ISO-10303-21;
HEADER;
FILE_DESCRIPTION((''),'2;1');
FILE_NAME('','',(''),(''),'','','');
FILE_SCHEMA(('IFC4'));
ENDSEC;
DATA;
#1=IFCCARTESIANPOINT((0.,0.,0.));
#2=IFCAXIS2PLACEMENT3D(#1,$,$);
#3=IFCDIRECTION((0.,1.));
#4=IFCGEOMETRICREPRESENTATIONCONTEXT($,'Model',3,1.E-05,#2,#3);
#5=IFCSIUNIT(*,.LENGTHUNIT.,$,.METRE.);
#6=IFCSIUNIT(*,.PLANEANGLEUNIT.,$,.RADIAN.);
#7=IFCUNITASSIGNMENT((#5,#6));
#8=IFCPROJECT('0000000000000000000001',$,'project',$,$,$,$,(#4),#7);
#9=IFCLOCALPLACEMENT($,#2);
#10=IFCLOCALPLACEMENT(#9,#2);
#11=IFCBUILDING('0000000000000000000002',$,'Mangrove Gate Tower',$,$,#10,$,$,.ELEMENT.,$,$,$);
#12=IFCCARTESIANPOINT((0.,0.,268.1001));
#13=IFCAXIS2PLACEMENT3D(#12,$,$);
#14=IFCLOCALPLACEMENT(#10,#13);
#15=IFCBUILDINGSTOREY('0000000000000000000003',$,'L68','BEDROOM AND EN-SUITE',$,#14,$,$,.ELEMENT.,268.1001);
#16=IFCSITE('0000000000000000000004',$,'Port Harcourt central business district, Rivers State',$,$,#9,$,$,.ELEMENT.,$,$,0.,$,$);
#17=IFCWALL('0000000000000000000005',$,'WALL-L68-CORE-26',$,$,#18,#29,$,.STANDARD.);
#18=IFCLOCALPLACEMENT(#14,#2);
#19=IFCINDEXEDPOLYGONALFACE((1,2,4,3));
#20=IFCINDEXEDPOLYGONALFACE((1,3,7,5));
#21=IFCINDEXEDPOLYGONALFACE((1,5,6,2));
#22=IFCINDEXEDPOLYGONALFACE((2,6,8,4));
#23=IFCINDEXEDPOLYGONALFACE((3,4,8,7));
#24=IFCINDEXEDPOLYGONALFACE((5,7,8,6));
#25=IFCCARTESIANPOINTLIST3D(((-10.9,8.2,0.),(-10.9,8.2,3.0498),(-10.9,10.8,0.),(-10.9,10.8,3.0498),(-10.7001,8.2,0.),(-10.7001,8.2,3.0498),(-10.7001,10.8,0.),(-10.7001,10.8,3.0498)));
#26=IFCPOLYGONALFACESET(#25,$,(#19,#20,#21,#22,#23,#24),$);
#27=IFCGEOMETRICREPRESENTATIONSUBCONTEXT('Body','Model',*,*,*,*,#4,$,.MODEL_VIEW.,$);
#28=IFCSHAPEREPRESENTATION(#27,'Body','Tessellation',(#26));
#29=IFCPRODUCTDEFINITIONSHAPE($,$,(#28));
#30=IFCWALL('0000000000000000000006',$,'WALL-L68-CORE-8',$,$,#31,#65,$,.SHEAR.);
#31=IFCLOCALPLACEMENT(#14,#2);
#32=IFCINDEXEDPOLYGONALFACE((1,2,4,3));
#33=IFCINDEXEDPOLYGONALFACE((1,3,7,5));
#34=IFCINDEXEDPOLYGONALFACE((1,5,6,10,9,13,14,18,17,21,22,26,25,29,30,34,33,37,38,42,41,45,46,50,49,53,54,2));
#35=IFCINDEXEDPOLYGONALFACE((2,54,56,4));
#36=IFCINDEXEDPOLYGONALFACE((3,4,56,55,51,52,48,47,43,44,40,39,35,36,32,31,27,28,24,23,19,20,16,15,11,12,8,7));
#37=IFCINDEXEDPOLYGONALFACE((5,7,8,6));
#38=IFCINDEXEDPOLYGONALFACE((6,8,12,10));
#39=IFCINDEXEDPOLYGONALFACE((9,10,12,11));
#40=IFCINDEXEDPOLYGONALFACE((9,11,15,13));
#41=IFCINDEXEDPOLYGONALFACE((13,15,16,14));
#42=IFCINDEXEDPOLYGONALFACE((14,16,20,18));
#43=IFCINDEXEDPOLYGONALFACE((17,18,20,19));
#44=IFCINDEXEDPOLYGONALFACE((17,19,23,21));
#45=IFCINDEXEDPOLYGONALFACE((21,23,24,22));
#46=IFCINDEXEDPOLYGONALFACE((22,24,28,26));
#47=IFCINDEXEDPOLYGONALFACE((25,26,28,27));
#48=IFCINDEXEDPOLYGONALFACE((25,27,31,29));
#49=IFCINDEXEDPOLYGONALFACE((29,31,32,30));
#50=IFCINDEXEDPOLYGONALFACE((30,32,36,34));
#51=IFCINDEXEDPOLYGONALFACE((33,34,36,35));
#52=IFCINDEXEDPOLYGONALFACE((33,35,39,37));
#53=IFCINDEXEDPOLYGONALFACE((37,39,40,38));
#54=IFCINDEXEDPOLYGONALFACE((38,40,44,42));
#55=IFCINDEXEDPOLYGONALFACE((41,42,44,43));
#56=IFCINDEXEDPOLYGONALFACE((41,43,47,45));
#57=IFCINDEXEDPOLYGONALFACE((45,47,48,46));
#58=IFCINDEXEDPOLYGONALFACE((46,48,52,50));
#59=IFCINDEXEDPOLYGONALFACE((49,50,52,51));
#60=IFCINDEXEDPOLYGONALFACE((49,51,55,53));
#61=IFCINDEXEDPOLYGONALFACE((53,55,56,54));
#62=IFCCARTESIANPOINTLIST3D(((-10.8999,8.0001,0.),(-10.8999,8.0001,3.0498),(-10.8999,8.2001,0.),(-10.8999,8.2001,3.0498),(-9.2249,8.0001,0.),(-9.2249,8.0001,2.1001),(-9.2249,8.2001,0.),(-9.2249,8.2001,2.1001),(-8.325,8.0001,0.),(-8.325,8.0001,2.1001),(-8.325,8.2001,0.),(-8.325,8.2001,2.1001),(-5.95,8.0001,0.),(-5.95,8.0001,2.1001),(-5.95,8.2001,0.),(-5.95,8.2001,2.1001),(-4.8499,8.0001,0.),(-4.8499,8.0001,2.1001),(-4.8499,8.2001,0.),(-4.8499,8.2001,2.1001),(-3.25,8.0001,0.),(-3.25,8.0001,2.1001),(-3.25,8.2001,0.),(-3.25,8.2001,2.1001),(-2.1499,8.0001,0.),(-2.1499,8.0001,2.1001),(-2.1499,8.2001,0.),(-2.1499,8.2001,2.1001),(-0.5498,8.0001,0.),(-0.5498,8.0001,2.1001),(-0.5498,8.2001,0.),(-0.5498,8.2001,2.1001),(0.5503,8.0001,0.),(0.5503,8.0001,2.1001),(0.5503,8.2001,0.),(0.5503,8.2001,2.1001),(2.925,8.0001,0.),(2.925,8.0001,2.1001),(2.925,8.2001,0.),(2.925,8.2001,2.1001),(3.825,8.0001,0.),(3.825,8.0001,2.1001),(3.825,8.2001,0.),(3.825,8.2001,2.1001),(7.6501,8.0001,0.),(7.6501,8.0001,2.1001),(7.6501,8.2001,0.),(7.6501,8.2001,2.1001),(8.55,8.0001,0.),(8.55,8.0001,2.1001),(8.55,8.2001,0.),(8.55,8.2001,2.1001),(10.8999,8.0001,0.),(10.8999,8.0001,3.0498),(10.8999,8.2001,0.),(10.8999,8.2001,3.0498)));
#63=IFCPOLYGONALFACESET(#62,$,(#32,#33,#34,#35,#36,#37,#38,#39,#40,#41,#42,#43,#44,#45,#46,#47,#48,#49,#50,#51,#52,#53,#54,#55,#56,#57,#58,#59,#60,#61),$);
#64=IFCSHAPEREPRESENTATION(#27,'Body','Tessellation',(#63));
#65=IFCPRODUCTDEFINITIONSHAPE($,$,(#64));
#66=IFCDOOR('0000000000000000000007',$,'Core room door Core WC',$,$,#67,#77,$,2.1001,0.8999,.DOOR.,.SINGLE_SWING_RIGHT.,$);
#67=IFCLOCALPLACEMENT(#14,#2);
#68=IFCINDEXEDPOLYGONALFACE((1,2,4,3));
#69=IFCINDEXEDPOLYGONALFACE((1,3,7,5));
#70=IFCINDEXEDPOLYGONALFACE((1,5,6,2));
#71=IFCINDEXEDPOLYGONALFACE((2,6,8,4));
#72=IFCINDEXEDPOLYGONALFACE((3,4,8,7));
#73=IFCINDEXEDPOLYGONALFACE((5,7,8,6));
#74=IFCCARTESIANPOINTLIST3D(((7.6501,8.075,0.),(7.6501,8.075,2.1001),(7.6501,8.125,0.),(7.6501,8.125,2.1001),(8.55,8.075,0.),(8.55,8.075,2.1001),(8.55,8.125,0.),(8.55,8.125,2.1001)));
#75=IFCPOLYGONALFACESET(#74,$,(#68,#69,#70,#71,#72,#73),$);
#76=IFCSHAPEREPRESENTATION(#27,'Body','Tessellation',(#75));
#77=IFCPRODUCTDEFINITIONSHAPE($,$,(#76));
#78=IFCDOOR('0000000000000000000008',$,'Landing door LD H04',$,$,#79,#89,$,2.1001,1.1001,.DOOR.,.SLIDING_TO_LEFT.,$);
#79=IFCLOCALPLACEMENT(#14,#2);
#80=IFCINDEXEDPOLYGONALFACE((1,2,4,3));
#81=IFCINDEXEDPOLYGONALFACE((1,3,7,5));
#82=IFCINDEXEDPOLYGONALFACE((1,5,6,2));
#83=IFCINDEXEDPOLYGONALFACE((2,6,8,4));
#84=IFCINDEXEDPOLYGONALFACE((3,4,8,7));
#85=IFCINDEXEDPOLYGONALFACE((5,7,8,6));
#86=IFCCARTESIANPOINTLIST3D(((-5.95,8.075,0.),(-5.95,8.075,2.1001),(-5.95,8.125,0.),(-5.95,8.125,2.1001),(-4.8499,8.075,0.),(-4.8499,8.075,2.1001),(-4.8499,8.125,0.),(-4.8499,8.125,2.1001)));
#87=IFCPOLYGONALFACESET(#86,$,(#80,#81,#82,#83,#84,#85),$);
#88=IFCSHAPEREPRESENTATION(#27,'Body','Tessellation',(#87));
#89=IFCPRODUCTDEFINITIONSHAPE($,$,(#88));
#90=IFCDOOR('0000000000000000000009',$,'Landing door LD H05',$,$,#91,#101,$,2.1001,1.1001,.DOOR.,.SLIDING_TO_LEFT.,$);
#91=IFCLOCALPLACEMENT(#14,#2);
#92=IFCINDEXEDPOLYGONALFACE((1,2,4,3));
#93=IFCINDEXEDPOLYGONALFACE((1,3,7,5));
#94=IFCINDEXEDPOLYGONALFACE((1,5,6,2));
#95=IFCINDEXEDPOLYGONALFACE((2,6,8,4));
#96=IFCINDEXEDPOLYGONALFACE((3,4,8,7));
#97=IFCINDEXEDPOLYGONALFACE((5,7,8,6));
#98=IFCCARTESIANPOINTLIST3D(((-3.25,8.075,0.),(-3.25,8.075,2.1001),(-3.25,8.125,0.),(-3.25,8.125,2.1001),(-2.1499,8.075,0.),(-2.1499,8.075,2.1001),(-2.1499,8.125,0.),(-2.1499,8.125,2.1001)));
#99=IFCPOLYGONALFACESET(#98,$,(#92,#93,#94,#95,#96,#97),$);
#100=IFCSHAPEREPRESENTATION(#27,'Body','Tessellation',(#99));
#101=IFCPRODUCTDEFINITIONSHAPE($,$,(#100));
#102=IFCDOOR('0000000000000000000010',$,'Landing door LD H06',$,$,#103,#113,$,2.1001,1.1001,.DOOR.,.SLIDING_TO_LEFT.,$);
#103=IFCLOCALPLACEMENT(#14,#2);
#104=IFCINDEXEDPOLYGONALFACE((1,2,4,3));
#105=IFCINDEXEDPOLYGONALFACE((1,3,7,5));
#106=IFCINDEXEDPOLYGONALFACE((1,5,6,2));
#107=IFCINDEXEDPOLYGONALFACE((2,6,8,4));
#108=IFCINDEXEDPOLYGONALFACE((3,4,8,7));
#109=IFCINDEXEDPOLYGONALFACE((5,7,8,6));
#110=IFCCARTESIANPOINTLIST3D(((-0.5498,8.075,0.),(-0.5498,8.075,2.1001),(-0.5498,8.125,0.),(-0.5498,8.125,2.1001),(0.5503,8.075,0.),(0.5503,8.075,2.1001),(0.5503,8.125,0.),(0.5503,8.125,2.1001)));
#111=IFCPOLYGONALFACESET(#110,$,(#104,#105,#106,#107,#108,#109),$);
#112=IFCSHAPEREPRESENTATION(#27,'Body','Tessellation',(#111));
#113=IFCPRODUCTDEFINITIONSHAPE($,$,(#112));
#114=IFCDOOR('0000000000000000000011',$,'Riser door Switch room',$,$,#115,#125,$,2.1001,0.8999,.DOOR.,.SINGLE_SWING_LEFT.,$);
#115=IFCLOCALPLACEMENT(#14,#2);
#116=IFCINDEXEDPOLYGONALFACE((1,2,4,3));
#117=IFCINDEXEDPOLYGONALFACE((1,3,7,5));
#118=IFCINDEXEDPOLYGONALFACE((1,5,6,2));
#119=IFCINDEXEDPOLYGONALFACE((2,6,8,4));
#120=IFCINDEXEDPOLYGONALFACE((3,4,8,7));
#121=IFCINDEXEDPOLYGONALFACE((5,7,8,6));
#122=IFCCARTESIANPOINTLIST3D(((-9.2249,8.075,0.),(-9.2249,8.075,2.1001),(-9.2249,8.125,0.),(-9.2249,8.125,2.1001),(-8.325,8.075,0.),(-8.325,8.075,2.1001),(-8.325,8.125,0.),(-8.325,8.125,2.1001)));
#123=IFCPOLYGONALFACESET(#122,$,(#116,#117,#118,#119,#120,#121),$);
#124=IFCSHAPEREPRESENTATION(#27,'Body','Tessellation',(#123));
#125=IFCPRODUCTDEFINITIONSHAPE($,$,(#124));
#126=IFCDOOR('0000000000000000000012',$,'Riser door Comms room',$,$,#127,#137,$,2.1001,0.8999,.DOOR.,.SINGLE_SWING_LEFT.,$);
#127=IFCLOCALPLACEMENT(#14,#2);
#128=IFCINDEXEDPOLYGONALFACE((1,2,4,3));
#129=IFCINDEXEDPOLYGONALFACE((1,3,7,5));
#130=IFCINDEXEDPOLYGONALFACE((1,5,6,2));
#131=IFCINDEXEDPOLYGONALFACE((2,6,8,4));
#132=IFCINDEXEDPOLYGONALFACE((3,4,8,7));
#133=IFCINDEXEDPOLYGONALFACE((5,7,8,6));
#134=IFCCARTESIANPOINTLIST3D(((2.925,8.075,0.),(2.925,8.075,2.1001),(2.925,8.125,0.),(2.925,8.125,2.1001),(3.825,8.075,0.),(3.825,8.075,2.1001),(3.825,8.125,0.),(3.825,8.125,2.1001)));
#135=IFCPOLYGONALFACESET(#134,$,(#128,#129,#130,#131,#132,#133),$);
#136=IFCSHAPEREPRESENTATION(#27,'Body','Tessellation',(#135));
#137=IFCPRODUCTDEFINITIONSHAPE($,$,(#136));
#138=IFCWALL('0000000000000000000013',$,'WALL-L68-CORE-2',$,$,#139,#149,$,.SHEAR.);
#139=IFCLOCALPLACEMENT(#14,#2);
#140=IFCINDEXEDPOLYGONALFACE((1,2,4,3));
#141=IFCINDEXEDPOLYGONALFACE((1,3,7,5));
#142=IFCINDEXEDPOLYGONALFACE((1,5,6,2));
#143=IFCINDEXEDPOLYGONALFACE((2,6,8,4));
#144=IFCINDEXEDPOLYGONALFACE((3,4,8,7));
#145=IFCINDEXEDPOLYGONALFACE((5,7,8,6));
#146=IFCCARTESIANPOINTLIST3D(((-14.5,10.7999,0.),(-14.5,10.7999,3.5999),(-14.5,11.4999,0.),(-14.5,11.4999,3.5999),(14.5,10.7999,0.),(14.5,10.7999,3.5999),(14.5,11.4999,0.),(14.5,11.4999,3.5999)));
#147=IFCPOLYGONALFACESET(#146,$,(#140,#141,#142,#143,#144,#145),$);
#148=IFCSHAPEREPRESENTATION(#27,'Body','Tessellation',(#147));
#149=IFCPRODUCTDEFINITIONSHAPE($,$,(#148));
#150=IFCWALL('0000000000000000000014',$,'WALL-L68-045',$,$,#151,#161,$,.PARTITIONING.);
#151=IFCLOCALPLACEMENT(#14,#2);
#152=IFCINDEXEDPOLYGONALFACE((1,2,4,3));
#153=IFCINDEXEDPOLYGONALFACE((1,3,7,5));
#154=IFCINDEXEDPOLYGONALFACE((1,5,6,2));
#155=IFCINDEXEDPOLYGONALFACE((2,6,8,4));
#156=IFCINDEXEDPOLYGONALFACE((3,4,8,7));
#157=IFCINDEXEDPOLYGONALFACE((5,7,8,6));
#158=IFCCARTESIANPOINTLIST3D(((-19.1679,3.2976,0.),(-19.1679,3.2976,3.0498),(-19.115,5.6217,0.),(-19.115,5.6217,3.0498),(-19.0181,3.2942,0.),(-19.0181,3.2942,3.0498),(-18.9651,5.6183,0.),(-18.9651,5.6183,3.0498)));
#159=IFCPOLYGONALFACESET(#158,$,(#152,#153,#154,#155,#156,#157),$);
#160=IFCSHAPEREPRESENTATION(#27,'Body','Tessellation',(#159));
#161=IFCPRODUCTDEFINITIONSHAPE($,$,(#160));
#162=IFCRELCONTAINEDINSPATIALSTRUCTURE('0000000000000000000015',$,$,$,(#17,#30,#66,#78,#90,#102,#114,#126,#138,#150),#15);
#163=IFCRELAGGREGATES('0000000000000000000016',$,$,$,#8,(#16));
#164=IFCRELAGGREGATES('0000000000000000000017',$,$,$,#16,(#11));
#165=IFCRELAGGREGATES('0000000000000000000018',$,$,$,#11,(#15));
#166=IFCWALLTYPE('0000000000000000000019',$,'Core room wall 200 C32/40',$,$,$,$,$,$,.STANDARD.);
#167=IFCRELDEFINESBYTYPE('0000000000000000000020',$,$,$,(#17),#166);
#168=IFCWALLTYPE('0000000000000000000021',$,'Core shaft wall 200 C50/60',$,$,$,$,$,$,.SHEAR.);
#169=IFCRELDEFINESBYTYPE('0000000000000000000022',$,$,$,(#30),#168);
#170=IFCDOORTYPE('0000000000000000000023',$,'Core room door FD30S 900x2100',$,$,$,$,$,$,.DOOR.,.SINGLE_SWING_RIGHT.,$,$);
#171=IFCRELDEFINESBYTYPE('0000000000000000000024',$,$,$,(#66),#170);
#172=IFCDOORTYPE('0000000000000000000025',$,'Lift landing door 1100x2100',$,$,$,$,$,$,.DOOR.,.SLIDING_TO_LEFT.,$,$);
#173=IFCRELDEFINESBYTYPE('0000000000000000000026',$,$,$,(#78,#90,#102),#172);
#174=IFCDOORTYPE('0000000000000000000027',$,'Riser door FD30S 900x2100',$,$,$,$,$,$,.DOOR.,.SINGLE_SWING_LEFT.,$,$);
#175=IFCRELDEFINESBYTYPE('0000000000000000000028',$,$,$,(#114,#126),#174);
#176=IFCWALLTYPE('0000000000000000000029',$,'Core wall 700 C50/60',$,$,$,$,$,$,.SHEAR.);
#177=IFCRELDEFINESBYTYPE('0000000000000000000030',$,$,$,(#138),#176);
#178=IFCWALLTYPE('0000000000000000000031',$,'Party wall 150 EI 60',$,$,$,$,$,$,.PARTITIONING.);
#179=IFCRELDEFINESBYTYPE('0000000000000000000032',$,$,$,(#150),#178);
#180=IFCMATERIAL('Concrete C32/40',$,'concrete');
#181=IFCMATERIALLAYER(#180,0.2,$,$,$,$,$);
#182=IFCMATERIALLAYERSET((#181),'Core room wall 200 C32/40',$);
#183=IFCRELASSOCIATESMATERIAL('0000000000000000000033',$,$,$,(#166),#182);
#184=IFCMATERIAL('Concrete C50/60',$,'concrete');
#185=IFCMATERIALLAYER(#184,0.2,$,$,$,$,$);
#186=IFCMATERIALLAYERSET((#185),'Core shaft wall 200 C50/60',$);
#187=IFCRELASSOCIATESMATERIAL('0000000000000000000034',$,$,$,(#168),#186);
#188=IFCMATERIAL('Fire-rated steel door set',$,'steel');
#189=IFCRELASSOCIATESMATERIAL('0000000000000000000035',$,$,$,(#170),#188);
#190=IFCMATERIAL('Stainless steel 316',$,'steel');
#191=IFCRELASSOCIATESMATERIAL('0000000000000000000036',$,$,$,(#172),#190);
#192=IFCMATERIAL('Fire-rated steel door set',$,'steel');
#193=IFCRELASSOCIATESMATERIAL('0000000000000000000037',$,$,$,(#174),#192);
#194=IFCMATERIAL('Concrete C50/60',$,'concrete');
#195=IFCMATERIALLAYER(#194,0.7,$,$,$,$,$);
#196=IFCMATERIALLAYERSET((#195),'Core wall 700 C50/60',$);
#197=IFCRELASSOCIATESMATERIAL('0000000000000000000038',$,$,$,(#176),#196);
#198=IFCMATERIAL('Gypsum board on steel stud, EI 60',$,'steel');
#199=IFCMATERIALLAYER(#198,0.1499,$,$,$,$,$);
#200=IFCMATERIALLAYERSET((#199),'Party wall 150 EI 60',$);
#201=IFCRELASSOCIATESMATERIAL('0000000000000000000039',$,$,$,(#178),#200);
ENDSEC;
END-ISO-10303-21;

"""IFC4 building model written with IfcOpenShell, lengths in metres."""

from ifc_helpers import new_model, si_unit, direction, frame, frame_2d, origin, place, context, subcontext, project, spatial, rectangle, extrude, material, layer, layer_set, type_object, element, fill, save


model = new_model("IFC4")

# Units and contexts
model_context = context("Model", 3, precision=1e-05, world=origin(), true_north=direction((0.0, 1.0)))
body_context = subcontext(model_context, "Body", "Model", "MODEL_VIEW")
ifc_project = project(units=[si_unit("LENGTHUNIT", "METRE"), si_unit("PLANEANGLEUNIT", "RADIAN")], contexts=[model_context])

# Site, building, storey
site_placement = place(None, origin())
site = spatial("IfcSite", under=ifc_project, at=site_placement, Name="Port Harcourt central business district, Rivers State", CompositionType="ELEMENT", RefElevation=0.0)
building_placement = place(site_placement, origin())
building = spatial("IfcBuilding", under=site, at=building_placement, Name="Mangrove Gate Tower", CompositionType="ELEMENT")
storey_placement = place(building_placement, frame((0.0, 0.0, 268.1001)))
storey = spatial("IfcBuildingStorey", under=building, at=storey_placement, Name="L68", Description="BEDROOM AND EN-SUITE", CompositionType="ELEMENT", Elevation=268.1001)

# Wall
ifc_material_1 = material(Name="Concrete C32/40", Category="concrete")
ifc_layer_1 = layer(ifc_material_1, 0.2)
ifc_layer_set_1 = layer_set([ifc_layer_1], Name="Core room wall 200 C32/40")
wall_type_1 = type_object("IfcWallType", Name="Core room wall 200 C32/40", PredefinedType="STANDARD", material=ifc_layer_set_1)
wall_1_placement = place(storey_placement, frame((-10.8, 8.2, 0.0), z_axis=(0.0, 0.0, 1.0), x_axis=(0.0, 1.0, 0.0)))
element("IfcWall", 1, at=wall_1_placement, inside=storey, type_object=wall_type_1, Name="WALL-L68-CORE-26", PredefinedType="STANDARD", context=body_context, shape_type="SweptSolid", body=[
    extrude(rectangle(XDim=2.6001, YDim=0.2, at=frame_2d((1.3, 0.0))), origin(), (0.0, 0.0, 1.0), 3.0498),
])

# Wall, openings, doors
ifc_material_2 = material(Name="Concrete C50/60", Category="concrete")
ifc_layer_2 = layer(ifc_material_2, 0.2)
ifc_layer_set_2 = layer_set([ifc_layer_2], Name="Core shaft wall 200 C50/60")
wall_type_2 = type_object("IfcWallType", Name="Core shaft wall 200 C50/60", PredefinedType="SHEAR", material=ifc_layer_set_2)
wall_2_placement = place(storey_placement, frame((-10.8999, 8.1001, 0.0), z_axis=(0.0, 0.0, 1.0), x_axis=(1.0, 0.0, 0.0)))
wall_2 = element("IfcWall", 2, at=wall_2_placement, inside=storey, type_object=wall_type_2, Name="WALL-L68-CORE-8", PredefinedType="SHEAR", context=body_context, shape_type="SweptSolid", body=[
    extrude(rectangle(XDim=21.7998, YDim=0.2, at=frame_2d((10.8999, 0.0))), origin(), (0.0, 0.0, 1.0), 3.0498),
])
opening_1_placement = place(wall_2_placement, frame((4.95, 0.0, 0.0)))
opening_1 = element("IfcOpeningElement", 3, at=opening_1_placement, cuts=wall_2, PredefinedType="OPENING", context=body_context, shape_type="SweptSolid", body=[
    extrude(rectangle(XDim=1.1001, YDim=2.1001, at=frame_2d((0.55, 1.05))), frame((0.0, 0.1099, 0.0), z_axis=(0.0, -1.0, 0.0), x_axis=(1.0, 0.0, 0.0)), (0.0, 0.0, 1.0), 0.22),
])
opening_2_placement = place(wall_2_placement, frame((7.6499, 0.0, 0.0)))
opening_2 = element("IfcOpeningElement", 4, at=opening_2_placement, cuts=wall_2, PredefinedType="OPENING", context=body_context, shape_type="SweptSolid", body=[
    extrude(rectangle(XDim=1.1001, YDim=2.1001, at=frame_2d((0.55, 1.05))), frame((0.0, 0.1099, 0.0), z_axis=(0.0, -1.0, 0.0), x_axis=(1.0, 0.0, 0.0)), (0.0, 0.0, 1.0), 0.22),
])
opening_3_placement = place(wall_2_placement, frame((10.3501, 0.0, 0.0)))
opening_3 = element("IfcOpeningElement", 5, at=opening_3_placement, cuts=wall_2, PredefinedType="OPENING", context=body_context, shape_type="SweptSolid", body=[
    extrude(rectangle(XDim=1.1001, YDim=2.1001, at=frame_2d((0.55, 1.05))), frame((0.0, 0.1099, 0.0), z_axis=(0.0, -1.0, 0.0), x_axis=(1.0, 0.0, 0.0)), (0.0, 0.0, 1.0), 0.22),
])
opening_4_placement = place(wall_2_placement, frame((1.675, 0.0, 0.0)))
opening_4 = element("IfcOpeningElement", 6, at=opening_4_placement, cuts=wall_2, PredefinedType="OPENING", context=body_context, shape_type="SweptSolid", body=[
    extrude(rectangle(XDim=0.8999, YDim=2.1001, at=frame_2d((0.45, 1.05))), frame((0.0, 0.1099, 0.0), z_axis=(0.0, -1.0, 0.0), x_axis=(1.0, 0.0, 0.0)), (0.0, 0.0, 1.0), 0.22),
])
opening_5_placement = place(wall_2_placement, frame((13.825, 0.0, 0.0)))
opening_5 = element("IfcOpeningElement", 7, at=opening_5_placement, cuts=wall_2, PredefinedType="OPENING", context=body_context, shape_type="SweptSolid", body=[
    extrude(rectangle(XDim=0.8999, YDim=2.1001, at=frame_2d((0.45, 1.05))), frame((0.0, 0.1099, 0.0), z_axis=(0.0, -1.0, 0.0), x_axis=(1.0, 0.0, 0.0)), (0.0, 0.0, 1.0), 0.22),
])
opening_6_placement = place(wall_2_placement, frame((18.55, 0.0, 0.0)))
opening_6 = element("IfcOpeningElement", 8, at=opening_6_placement, cuts=wall_2, PredefinedType="OPENING", context=body_context, shape_type="SweptSolid", body=[
    extrude(rectangle(XDim=0.8999, YDim=2.1001, at=frame_2d((0.45, 1.05))), frame((0.0, 0.1099, 0.0), z_axis=(0.0, -1.0, 0.0), x_axis=(1.0, 0.0, 0.0)), (0.0, 0.0, 1.0), 0.22),
])
ifc_material_3 = material(Name="Fire-rated steel door set", Category="steel")
door_type_1 = type_object("IfcDoorType", Name="Core room door FD30S 900x2100", OperationType="SINGLE_SWING_RIGHT", PredefinedType="DOOR", material=ifc_material_3)
door_1_placement = place(opening_6_placement, origin())
door_1 = element("IfcDoor", 9, at=door_1_placement, inside=storey, type_object=door_type_1, Name="Core room door Core WC", OperationType="SINGLE_SWING_RIGHT", OverallHeight=2.1001, OverallWidth=0.8999, PredefinedType="DOOR", context=body_context, shape_type="SweptSolid", body=[
    extrude(rectangle(XDim=0.8999, YDim=2.1001, at=frame_2d((0.45, 1.05))), frame((0.0, 0.0249, 0.0), z_axis=(0.0, -1.0, 0.0), x_axis=(1.0, 0.0, 0.0)), (0.0, 0.0, 1.0), 0.05),
])
fill(opening_6, door_1)
ifc_material_4 = material(Name="Stainless steel 316", Category="steel")
door_type_2 = type_object("IfcDoorType", Name="Lift landing door 1100x2100", OperationType="SLIDING_TO_LEFT", PredefinedType="DOOR", material=ifc_material_4)
door_2_placement = place(opening_1_placement, origin())
door_2 = element("IfcDoor", 10, at=door_2_placement, inside=storey, type_object=door_type_2, Name="Landing door LD H04", OperationType="SLIDING_TO_LEFT", OverallHeight=2.1001, OverallWidth=1.1001, PredefinedType="DOOR", context=body_context, shape_type="SweptSolid", body=[
    extrude(rectangle(XDim=1.1001, YDim=2.1001, at=frame_2d((0.55, 1.05))), frame((0.0, 0.0249, 0.0), z_axis=(0.0, -1.0, 0.0), x_axis=(1.0, 0.0, 0.0)), (0.0, 0.0, 1.0), 0.05),
])
fill(opening_1, door_2)
door_3_placement = place(opening_2_placement, origin())
door_3 = element("IfcDoor", 11, at=door_3_placement, inside=storey, type_object=door_type_2, Name="Landing door LD H05", OperationType="SLIDING_TO_LEFT", OverallHeight=2.1001, OverallWidth=1.1001, PredefinedType="DOOR", context=body_context, shape_type="SweptSolid", body=[
    extrude(rectangle(XDim=1.1001, YDim=2.1001, at=frame_2d((0.55, 1.05))), frame((0.0, 0.0249, 0.0), z_axis=(0.0, -1.0, 0.0), x_axis=(1.0, 0.0, 0.0)), (0.0, 0.0, 1.0), 0.05),
])
fill(opening_2, door_3)
door_4_placement = place(opening_3_placement, origin())
door_4 = element("IfcDoor", 12, at=door_4_placement, inside=storey, type_object=door_type_2, Name="Landing door LD H06", OperationType="SLIDING_TO_LEFT", OverallHeight=2.1001, OverallWidth=1.1001, PredefinedType="DOOR", context=body_context, shape_type="SweptSolid", body=[
    extrude(rectangle(XDim=1.1001, YDim=2.1001, at=frame_2d((0.55, 1.05))), frame((0.0, 0.0249, 0.0), z_axis=(0.0, -1.0, 0.0), x_axis=(1.0, 0.0, 0.0)), (0.0, 0.0, 1.0), 0.05),
])
fill(opening_3, door_4)
ifc_material_5 = material(Name="Fire-rated steel door set", Category="steel")
door_type_3 = type_object("IfcDoorType", Name="Riser door FD30S 900x2100", OperationType="SINGLE_SWING_LEFT", PredefinedType="DOOR", material=ifc_material_5)
door_5_placement = place(opening_4_placement, origin())
door_5 = element("IfcDoor", 13, at=door_5_placement, inside=storey, type_object=door_type_3, Name="Riser door Switch room", OperationType="SINGLE_SWING_LEFT", OverallHeight=2.1001, OverallWidth=0.8999, PredefinedType="DOOR", context=body_context, shape_type="SweptSolid", body=[
    extrude(rectangle(XDim=0.8999, YDim=2.1001, at=frame_2d((0.45, 1.05))), frame((0.0, 0.0249, 0.0), z_axis=(0.0, -1.0, 0.0), x_axis=(1.0, 0.0, 0.0)), (0.0, 0.0, 1.0), 0.05),
])
fill(opening_4, door_5)
door_6_placement = place(opening_5_placement, origin())
door_6 = element("IfcDoor", 14, at=door_6_placement, inside=storey, type_object=door_type_3, Name="Riser door Comms room", OperationType="SINGLE_SWING_LEFT", OverallHeight=2.1001, OverallWidth=0.8999, PredefinedType="DOOR", context=body_context, shape_type="SweptSolid", body=[
    extrude(rectangle(XDim=0.8999, YDim=2.1001, at=frame_2d((0.45, 1.05))), frame((0.0, 0.0249, 0.0), z_axis=(0.0, -1.0, 0.0), x_axis=(1.0, 0.0, 0.0)), (0.0, 0.0, 1.0), 0.05),
])
fill(opening_5, door_6)

# Walls
ifc_material_6 = material(Name="Concrete C50/60", Category="concrete")
ifc_layer_3 = layer(ifc_material_6, 0.7)
ifc_layer_set_3 = layer_set([ifc_layer_3], Name="Core wall 700 C50/60")
wall_type_3 = type_object("IfcWallType", Name="Core wall 700 C50/60", PredefinedType="SHEAR", material=ifc_layer_set_3)
wall_3_placement = place(storey_placement, frame((-14.5, 11.1499, 0.0), z_axis=(0.0, 0.0, 1.0), x_axis=(1.0, 0.0, 0.0)))
element("IfcWall", 15, at=wall_3_placement, inside=storey, type_object=wall_type_3, Name="WALL-L68-CORE-2", PredefinedType="SHEAR", context=body_context, shape_type="SweptSolid", body=[
    extrude(rectangle(XDim=29.0, YDim=0.7, at=frame_2d((14.5, 0.0))), origin(), (0.0, 0.0, 1.0), 3.5999),
])
ifc_material_7 = material(Name="Gypsum board on steel stud, EI 60", Category="steel")
ifc_layer_4 = layer(ifc_material_7, 0.1499)
ifc_layer_set_4 = layer_set([ifc_layer_4], Name="Party wall 150 EI 60")
wall_type_4 = type_object("IfcWallType", Name="Party wall 150 EI 60", PredefinedType="PARTITIONING", material=ifc_layer_set_4)
wall_4_placement = place(storey_placement, frame((-19.093, 3.2959, 0.0), z_axis=(0.0, 0.0, 1.0), x_axis=(0.022788, 0.99974, 0.0)))
element("IfcWall", 16, at=wall_4_placement, inside=storey, type_object=wall_type_4, Name="WALL-L68-045", PredefinedType="PARTITIONING", context=body_context, shape_type="SweptSolid", body=[
    extrude(rectangle(XDim=2.3247, YDim=0.1499, at=frame_2d((1.1624, 0.0))), origin(), (0.0, 0.0, 1.0), 3.0498),
])

save(model, "model.ifc")
